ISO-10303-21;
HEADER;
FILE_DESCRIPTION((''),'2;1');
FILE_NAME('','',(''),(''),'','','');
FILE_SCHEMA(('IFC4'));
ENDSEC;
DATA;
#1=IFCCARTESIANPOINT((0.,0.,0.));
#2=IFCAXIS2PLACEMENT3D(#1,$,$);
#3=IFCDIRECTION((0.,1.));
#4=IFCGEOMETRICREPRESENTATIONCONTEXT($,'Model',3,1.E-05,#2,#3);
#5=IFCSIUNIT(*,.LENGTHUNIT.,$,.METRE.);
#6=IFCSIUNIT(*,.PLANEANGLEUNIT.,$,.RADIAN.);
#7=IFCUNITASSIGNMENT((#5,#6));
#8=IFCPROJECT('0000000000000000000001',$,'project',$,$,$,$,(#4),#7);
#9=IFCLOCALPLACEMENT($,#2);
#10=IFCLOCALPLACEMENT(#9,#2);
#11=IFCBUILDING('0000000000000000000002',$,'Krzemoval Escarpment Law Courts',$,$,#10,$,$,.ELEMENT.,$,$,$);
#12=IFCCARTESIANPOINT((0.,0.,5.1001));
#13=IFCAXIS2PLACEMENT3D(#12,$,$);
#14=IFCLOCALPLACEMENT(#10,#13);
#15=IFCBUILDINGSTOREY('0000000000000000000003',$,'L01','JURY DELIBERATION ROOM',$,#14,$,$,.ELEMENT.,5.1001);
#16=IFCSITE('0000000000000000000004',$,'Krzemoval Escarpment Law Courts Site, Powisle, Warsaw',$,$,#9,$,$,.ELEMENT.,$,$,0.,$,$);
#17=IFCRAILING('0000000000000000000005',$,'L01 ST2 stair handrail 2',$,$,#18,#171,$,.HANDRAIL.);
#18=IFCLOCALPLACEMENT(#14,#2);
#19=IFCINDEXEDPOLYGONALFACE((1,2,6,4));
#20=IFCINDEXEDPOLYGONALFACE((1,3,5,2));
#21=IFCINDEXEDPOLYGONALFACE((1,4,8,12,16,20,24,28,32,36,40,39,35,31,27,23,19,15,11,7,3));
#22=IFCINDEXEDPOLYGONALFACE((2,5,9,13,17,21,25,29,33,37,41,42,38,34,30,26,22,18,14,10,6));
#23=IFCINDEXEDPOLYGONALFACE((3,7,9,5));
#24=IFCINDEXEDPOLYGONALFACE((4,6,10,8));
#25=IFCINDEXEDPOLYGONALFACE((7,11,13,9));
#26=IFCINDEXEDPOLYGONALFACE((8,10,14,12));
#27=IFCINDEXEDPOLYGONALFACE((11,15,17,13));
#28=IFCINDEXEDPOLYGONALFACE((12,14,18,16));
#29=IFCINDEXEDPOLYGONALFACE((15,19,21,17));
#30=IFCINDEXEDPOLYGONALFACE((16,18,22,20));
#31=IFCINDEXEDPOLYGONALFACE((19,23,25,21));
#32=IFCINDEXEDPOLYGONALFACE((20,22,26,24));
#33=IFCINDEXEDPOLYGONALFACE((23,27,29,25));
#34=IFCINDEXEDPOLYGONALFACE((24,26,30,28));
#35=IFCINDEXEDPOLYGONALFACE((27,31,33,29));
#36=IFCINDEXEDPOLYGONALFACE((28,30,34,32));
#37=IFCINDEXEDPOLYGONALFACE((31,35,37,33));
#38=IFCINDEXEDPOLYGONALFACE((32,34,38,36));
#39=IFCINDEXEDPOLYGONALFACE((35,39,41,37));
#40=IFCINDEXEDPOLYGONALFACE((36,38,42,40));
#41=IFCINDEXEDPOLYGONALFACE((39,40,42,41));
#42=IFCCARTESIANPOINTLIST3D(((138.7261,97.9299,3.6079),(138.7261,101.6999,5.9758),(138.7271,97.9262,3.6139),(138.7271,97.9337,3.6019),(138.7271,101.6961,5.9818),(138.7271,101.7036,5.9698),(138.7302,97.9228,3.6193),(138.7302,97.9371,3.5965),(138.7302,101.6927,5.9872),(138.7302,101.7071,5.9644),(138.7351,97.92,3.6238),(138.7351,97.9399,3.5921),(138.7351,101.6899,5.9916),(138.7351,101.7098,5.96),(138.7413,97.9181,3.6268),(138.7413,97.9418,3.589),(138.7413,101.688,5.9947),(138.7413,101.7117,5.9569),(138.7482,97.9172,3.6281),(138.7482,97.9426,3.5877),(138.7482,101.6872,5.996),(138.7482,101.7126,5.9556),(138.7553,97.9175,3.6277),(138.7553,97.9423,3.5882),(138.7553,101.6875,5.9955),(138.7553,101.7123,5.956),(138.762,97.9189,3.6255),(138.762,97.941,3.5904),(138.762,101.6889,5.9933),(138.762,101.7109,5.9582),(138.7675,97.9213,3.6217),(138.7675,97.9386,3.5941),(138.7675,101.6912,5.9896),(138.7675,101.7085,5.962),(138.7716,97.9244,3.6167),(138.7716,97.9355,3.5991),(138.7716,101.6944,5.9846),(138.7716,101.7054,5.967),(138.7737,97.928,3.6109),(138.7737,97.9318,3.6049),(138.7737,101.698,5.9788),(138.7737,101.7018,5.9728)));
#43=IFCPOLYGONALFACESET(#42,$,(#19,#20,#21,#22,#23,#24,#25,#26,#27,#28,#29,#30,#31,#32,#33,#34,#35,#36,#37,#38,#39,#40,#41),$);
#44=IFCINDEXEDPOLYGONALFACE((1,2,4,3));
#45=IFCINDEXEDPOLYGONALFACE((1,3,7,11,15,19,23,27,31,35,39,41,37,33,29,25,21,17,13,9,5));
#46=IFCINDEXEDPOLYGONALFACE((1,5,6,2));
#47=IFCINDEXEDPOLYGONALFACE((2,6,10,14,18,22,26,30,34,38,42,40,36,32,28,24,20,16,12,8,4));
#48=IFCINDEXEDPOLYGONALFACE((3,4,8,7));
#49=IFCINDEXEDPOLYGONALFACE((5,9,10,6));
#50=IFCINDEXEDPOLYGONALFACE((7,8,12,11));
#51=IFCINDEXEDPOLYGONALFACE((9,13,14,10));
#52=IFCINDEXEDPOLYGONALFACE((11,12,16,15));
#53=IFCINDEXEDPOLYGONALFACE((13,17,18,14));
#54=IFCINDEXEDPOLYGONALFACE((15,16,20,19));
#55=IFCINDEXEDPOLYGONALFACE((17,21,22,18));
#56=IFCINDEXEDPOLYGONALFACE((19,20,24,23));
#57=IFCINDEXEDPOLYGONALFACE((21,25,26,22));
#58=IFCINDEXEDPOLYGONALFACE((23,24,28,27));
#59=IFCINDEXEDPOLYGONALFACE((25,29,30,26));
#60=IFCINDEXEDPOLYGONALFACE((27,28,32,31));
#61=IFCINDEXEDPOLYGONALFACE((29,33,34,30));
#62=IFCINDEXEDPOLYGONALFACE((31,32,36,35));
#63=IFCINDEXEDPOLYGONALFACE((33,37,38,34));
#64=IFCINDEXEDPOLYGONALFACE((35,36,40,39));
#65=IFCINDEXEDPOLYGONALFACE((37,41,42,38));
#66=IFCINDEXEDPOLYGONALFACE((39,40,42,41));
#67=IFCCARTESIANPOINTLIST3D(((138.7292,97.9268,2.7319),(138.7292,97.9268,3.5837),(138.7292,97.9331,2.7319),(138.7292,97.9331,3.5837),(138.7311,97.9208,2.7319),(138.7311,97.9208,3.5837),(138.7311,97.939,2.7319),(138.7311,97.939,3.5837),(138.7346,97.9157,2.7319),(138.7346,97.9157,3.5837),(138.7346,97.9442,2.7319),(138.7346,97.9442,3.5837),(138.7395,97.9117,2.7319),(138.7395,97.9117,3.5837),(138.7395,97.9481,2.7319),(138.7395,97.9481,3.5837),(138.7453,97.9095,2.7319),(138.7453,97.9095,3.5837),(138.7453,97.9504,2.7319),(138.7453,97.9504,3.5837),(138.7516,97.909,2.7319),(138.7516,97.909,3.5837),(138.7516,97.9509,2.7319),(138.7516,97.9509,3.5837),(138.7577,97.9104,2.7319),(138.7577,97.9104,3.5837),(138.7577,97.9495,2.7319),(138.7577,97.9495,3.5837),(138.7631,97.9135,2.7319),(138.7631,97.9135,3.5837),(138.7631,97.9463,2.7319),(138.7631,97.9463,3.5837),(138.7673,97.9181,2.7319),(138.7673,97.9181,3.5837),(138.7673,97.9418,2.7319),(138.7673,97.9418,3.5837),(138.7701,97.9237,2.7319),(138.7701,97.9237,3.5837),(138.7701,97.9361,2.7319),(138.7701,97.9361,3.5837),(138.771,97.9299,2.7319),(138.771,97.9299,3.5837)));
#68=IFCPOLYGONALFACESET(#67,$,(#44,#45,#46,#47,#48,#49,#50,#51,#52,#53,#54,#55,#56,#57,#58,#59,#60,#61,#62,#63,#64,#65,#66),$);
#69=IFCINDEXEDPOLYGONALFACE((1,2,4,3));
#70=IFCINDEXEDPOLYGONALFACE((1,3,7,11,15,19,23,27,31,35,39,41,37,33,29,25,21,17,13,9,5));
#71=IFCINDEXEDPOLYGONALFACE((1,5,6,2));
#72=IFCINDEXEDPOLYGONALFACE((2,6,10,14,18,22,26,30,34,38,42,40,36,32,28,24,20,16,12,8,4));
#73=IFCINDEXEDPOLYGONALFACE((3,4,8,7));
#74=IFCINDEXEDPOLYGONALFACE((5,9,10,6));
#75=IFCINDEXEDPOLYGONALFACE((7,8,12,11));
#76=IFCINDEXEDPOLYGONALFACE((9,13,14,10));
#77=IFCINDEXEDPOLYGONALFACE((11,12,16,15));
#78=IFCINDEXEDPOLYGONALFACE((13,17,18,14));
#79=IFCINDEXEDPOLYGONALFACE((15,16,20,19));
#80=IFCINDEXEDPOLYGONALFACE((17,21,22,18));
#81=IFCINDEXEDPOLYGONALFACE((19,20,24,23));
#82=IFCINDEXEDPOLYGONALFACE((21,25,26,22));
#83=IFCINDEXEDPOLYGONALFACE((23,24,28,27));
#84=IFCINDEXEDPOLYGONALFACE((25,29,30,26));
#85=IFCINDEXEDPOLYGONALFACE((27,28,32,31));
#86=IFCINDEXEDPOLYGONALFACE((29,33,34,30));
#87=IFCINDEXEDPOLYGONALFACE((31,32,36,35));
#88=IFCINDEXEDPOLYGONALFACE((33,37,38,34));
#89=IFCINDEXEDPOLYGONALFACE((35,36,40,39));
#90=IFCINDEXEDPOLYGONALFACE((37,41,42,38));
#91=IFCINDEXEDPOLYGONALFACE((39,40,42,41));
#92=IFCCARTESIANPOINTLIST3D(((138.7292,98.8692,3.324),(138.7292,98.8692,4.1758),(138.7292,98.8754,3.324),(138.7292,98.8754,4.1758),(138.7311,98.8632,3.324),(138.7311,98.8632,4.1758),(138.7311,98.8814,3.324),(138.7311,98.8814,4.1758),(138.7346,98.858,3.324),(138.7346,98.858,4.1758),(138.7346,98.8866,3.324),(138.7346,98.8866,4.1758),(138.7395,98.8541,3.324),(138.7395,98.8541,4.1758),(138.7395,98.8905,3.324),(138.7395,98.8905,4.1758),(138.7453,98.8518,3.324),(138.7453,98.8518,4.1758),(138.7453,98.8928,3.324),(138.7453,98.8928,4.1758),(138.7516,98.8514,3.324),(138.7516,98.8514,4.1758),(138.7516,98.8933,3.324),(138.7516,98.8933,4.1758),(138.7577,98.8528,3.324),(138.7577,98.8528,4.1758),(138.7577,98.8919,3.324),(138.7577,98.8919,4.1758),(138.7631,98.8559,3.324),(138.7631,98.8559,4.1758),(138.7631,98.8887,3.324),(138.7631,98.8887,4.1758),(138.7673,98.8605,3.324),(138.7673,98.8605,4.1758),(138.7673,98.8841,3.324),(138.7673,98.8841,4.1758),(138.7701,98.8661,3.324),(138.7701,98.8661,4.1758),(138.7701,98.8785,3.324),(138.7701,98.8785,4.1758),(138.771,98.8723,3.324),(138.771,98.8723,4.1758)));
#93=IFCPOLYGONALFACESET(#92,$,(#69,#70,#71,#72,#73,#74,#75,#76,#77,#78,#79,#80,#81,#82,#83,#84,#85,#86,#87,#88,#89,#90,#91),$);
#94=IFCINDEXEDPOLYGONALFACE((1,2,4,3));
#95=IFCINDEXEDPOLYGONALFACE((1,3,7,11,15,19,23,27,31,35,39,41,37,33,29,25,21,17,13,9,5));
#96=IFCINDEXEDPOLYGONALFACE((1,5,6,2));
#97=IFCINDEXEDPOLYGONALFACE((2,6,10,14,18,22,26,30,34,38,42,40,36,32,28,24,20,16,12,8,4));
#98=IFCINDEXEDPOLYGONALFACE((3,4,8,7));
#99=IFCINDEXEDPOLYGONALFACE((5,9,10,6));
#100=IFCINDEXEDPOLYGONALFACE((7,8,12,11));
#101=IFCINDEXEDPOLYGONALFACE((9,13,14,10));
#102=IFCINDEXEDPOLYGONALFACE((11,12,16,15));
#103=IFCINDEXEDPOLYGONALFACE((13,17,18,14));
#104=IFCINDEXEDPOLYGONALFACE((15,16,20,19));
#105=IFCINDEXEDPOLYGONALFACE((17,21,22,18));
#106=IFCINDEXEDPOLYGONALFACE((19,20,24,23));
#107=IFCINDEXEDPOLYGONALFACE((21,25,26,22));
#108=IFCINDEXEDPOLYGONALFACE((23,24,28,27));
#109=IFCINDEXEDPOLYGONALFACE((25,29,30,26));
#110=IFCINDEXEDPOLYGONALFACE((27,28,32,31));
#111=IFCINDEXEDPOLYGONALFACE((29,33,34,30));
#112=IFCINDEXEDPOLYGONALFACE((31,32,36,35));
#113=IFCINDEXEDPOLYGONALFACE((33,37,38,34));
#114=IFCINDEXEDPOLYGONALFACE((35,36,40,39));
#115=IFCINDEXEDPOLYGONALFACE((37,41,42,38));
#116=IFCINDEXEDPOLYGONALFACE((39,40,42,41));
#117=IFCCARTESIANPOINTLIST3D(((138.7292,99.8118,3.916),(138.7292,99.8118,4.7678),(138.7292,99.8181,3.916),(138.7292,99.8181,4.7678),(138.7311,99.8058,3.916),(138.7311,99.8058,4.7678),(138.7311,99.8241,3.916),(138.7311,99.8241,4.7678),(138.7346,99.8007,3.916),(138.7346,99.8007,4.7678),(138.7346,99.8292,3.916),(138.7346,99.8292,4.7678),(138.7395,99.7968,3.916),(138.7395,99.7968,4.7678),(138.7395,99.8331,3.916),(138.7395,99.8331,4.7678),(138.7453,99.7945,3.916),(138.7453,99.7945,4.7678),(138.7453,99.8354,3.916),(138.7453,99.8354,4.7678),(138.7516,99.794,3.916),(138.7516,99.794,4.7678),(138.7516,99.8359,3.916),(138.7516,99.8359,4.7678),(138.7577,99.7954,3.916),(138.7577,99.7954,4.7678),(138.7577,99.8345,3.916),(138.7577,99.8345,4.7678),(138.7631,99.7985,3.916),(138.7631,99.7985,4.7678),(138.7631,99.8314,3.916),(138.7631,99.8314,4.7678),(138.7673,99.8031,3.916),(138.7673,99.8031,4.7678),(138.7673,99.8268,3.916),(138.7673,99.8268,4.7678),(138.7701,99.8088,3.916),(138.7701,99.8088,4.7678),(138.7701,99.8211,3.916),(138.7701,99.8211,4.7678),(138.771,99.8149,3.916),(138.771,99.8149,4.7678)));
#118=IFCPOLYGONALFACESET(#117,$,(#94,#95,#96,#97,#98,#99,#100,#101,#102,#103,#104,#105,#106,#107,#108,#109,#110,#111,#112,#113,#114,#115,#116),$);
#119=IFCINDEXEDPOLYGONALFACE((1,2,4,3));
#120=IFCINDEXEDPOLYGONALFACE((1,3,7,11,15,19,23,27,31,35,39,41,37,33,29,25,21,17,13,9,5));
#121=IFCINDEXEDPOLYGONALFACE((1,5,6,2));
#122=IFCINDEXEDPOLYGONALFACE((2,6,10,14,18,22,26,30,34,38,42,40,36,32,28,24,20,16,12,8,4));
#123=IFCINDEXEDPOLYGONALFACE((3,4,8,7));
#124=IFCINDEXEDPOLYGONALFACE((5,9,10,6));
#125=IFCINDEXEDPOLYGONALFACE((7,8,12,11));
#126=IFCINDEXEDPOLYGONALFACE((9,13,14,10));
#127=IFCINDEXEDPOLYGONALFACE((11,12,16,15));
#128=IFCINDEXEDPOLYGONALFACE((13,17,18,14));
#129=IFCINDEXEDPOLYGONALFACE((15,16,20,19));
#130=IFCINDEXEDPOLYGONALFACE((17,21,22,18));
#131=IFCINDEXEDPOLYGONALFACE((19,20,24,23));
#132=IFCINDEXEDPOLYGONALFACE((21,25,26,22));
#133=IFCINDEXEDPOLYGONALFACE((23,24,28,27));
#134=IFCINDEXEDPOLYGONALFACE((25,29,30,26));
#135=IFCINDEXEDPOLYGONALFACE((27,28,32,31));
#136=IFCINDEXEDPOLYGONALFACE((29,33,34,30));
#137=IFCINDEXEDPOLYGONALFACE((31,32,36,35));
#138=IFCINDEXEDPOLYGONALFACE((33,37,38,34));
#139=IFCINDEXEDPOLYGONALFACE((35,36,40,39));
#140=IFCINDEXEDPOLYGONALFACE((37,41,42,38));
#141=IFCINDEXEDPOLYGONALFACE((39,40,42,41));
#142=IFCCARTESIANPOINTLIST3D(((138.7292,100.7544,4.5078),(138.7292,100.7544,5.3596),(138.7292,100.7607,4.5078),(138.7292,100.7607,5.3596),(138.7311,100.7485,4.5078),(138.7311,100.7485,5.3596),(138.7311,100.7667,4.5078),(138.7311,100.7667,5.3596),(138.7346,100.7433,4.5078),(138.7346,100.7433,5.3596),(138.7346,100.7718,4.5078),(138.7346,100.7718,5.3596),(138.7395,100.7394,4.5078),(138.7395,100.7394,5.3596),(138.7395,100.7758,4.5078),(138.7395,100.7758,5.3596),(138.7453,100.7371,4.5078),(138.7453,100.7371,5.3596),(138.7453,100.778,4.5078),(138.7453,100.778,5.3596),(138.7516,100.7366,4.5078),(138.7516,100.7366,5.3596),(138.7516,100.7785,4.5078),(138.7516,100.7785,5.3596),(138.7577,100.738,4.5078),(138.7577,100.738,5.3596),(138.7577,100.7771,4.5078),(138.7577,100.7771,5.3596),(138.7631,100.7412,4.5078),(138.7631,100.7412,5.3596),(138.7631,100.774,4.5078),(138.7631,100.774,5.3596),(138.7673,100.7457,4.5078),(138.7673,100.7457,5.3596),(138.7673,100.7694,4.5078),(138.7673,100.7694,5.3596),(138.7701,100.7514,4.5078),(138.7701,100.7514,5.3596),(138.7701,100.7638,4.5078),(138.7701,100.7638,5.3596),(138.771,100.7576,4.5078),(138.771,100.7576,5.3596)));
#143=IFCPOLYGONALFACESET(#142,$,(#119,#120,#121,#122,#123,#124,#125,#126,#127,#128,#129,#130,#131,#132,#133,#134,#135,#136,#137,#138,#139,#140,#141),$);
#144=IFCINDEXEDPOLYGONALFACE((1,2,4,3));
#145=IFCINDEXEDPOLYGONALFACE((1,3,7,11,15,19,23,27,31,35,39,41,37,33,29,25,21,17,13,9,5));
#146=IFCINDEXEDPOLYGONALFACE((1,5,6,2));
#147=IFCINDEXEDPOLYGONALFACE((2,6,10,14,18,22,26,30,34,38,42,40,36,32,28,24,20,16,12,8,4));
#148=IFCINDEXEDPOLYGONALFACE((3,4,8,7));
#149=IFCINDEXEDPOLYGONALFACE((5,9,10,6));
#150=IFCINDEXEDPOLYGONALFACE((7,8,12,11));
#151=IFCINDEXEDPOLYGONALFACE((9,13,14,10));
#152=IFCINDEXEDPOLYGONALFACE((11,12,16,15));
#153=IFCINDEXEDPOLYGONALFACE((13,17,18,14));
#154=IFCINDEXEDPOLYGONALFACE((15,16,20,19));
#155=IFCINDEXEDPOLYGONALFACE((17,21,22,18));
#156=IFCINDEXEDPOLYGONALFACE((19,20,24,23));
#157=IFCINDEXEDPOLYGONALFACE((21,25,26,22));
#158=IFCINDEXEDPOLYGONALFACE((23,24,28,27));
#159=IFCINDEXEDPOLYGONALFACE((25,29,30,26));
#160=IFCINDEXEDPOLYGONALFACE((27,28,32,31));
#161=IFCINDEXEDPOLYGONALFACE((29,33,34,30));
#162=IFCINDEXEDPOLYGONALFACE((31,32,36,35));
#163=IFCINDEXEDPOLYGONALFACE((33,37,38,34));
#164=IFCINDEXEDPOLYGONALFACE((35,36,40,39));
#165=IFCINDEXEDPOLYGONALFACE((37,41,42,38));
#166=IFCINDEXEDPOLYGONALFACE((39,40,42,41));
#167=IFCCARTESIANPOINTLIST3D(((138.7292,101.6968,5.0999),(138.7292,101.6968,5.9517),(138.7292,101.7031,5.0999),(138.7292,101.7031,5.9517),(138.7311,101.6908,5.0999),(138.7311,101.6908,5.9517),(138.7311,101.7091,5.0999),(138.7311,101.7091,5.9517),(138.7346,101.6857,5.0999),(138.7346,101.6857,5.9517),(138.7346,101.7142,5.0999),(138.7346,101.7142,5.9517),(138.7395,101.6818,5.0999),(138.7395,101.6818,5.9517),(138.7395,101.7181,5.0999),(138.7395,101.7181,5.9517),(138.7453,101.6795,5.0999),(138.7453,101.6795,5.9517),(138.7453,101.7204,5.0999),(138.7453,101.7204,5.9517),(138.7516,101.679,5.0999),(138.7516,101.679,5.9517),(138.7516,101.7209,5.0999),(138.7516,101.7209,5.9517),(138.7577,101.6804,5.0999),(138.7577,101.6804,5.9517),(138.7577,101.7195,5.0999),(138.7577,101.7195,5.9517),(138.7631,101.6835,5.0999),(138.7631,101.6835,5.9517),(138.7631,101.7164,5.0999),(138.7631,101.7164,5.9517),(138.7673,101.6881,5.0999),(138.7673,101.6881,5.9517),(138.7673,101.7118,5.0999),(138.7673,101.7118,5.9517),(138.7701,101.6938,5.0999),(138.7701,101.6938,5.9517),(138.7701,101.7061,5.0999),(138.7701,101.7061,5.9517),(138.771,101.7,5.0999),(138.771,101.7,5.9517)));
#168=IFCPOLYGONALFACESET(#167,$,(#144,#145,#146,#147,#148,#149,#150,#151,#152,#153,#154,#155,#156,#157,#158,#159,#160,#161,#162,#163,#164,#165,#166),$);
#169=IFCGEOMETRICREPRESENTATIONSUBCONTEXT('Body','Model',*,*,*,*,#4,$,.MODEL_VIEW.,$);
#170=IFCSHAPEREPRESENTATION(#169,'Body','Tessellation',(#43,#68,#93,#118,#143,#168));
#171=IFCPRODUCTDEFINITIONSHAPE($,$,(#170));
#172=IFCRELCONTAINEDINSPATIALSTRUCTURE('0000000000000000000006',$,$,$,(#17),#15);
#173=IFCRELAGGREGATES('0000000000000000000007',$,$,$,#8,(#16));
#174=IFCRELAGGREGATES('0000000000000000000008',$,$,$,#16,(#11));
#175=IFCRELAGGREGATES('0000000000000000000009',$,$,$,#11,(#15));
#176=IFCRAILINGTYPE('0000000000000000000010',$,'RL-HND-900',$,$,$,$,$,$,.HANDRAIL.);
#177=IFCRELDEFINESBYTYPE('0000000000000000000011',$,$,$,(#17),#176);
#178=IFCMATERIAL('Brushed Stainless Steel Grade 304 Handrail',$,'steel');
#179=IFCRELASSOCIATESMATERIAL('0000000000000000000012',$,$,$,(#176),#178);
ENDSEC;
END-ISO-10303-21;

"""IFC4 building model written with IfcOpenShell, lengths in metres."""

from ifc_helpers import new_model, si_unit, direction, frame, origin, origin_2d, place, context, subcontext, project, spatial, circle, extrude, material, type_object, element, save


model = new_model("IFC4")

# Units and contexts
model_context = context("Model", 3, precision=1e-05, world=origin(), true_north=direction((0.0, 1.0)))
body_context = subcontext(model_context, "Body", "Model", "MODEL_VIEW")
ifc_project = project(units=[si_unit("LENGTHUNIT", "METRE"), si_unit("PLANEANGLEUNIT", "RADIAN")], contexts=[model_context])

# Site, building, storey
site_placement = place(None, origin())
site = spatial("IfcSite", under=ifc_project, at=site_placement, Name="Krzemoval Escarpment Law Courts Site, Powisle, Warsaw", CompositionType="ELEMENT", RefElevation=0.0)
building_placement = place(site_placement, origin())
building = spatial("IfcBuilding", under=site, at=building_placement, Name="Krzemoval Escarpment Law Courts", CompositionType="ELEMENT")
storey_placement = place(building_placement, frame((0.0, 0.0, 5.1001)))
storey = spatial("IfcBuildingStorey", under=building, at=storey_placement, Name="L01", Description="JURY DELIBERATION ROOM", CompositionType="ELEMENT", Elevation=5.1001)

# Railing
ifc_material_1 = material(Name="Brushed Stainless Steel Grade 304 Handrail", Category="steel")
railing_type_1 = type_object("IfcRailingType", Name="RL-HND-900", PredefinedType="HANDRAIL", material=ifc_material_1)
railing_1_placement = place(storey_placement, frame((138.75, 97.9299, 2.7319)))
element("IfcRailing", 1, at=railing_1_placement, inside=storey, type_object=railing_type_1, Name="L01 ST2 stair handrail 2", PredefinedType="HANDRAIL", context=body_context, shape_type="SweptSolid", body=[
    extrude(circle(Radius=0.0239, at=origin_2d()), frame((0.0, 0.0, 0.876), z_axis=(0.0, 0.846819, 0.531881), x_axis=(-1.0, 0.0, 0.0)), (0.0, 0.0, 1.0), 4.4519),
    extrude(circle(Radius=0.021, at=origin_2d()), origin(), (0.0, 0.0, 1.0), 0.8518),
    extrude(circle(Radius=0.021, at=origin_2d()), frame((0.0, 0.9424, 0.592)), (0.0, 0.0, 1.0), 0.8518),
    extrude(circle(Radius=0.021, at=origin_2d()), frame((0.0, 1.885, 1.1841)), (0.0, 0.0, 1.0), 0.8518),
    extrude(circle(Radius=0.021, at=origin_2d()), frame((0.0, 2.8276, 1.7759)), (0.0, 0.0, 1.0), 0.8518),
    extrude(circle(Radius=0.021, at=origin_2d()), frame((0.0, 3.77, 2.3679)), (0.0, 0.0, 1.0), 0.8518),
])

save(model, "model.ifc")
